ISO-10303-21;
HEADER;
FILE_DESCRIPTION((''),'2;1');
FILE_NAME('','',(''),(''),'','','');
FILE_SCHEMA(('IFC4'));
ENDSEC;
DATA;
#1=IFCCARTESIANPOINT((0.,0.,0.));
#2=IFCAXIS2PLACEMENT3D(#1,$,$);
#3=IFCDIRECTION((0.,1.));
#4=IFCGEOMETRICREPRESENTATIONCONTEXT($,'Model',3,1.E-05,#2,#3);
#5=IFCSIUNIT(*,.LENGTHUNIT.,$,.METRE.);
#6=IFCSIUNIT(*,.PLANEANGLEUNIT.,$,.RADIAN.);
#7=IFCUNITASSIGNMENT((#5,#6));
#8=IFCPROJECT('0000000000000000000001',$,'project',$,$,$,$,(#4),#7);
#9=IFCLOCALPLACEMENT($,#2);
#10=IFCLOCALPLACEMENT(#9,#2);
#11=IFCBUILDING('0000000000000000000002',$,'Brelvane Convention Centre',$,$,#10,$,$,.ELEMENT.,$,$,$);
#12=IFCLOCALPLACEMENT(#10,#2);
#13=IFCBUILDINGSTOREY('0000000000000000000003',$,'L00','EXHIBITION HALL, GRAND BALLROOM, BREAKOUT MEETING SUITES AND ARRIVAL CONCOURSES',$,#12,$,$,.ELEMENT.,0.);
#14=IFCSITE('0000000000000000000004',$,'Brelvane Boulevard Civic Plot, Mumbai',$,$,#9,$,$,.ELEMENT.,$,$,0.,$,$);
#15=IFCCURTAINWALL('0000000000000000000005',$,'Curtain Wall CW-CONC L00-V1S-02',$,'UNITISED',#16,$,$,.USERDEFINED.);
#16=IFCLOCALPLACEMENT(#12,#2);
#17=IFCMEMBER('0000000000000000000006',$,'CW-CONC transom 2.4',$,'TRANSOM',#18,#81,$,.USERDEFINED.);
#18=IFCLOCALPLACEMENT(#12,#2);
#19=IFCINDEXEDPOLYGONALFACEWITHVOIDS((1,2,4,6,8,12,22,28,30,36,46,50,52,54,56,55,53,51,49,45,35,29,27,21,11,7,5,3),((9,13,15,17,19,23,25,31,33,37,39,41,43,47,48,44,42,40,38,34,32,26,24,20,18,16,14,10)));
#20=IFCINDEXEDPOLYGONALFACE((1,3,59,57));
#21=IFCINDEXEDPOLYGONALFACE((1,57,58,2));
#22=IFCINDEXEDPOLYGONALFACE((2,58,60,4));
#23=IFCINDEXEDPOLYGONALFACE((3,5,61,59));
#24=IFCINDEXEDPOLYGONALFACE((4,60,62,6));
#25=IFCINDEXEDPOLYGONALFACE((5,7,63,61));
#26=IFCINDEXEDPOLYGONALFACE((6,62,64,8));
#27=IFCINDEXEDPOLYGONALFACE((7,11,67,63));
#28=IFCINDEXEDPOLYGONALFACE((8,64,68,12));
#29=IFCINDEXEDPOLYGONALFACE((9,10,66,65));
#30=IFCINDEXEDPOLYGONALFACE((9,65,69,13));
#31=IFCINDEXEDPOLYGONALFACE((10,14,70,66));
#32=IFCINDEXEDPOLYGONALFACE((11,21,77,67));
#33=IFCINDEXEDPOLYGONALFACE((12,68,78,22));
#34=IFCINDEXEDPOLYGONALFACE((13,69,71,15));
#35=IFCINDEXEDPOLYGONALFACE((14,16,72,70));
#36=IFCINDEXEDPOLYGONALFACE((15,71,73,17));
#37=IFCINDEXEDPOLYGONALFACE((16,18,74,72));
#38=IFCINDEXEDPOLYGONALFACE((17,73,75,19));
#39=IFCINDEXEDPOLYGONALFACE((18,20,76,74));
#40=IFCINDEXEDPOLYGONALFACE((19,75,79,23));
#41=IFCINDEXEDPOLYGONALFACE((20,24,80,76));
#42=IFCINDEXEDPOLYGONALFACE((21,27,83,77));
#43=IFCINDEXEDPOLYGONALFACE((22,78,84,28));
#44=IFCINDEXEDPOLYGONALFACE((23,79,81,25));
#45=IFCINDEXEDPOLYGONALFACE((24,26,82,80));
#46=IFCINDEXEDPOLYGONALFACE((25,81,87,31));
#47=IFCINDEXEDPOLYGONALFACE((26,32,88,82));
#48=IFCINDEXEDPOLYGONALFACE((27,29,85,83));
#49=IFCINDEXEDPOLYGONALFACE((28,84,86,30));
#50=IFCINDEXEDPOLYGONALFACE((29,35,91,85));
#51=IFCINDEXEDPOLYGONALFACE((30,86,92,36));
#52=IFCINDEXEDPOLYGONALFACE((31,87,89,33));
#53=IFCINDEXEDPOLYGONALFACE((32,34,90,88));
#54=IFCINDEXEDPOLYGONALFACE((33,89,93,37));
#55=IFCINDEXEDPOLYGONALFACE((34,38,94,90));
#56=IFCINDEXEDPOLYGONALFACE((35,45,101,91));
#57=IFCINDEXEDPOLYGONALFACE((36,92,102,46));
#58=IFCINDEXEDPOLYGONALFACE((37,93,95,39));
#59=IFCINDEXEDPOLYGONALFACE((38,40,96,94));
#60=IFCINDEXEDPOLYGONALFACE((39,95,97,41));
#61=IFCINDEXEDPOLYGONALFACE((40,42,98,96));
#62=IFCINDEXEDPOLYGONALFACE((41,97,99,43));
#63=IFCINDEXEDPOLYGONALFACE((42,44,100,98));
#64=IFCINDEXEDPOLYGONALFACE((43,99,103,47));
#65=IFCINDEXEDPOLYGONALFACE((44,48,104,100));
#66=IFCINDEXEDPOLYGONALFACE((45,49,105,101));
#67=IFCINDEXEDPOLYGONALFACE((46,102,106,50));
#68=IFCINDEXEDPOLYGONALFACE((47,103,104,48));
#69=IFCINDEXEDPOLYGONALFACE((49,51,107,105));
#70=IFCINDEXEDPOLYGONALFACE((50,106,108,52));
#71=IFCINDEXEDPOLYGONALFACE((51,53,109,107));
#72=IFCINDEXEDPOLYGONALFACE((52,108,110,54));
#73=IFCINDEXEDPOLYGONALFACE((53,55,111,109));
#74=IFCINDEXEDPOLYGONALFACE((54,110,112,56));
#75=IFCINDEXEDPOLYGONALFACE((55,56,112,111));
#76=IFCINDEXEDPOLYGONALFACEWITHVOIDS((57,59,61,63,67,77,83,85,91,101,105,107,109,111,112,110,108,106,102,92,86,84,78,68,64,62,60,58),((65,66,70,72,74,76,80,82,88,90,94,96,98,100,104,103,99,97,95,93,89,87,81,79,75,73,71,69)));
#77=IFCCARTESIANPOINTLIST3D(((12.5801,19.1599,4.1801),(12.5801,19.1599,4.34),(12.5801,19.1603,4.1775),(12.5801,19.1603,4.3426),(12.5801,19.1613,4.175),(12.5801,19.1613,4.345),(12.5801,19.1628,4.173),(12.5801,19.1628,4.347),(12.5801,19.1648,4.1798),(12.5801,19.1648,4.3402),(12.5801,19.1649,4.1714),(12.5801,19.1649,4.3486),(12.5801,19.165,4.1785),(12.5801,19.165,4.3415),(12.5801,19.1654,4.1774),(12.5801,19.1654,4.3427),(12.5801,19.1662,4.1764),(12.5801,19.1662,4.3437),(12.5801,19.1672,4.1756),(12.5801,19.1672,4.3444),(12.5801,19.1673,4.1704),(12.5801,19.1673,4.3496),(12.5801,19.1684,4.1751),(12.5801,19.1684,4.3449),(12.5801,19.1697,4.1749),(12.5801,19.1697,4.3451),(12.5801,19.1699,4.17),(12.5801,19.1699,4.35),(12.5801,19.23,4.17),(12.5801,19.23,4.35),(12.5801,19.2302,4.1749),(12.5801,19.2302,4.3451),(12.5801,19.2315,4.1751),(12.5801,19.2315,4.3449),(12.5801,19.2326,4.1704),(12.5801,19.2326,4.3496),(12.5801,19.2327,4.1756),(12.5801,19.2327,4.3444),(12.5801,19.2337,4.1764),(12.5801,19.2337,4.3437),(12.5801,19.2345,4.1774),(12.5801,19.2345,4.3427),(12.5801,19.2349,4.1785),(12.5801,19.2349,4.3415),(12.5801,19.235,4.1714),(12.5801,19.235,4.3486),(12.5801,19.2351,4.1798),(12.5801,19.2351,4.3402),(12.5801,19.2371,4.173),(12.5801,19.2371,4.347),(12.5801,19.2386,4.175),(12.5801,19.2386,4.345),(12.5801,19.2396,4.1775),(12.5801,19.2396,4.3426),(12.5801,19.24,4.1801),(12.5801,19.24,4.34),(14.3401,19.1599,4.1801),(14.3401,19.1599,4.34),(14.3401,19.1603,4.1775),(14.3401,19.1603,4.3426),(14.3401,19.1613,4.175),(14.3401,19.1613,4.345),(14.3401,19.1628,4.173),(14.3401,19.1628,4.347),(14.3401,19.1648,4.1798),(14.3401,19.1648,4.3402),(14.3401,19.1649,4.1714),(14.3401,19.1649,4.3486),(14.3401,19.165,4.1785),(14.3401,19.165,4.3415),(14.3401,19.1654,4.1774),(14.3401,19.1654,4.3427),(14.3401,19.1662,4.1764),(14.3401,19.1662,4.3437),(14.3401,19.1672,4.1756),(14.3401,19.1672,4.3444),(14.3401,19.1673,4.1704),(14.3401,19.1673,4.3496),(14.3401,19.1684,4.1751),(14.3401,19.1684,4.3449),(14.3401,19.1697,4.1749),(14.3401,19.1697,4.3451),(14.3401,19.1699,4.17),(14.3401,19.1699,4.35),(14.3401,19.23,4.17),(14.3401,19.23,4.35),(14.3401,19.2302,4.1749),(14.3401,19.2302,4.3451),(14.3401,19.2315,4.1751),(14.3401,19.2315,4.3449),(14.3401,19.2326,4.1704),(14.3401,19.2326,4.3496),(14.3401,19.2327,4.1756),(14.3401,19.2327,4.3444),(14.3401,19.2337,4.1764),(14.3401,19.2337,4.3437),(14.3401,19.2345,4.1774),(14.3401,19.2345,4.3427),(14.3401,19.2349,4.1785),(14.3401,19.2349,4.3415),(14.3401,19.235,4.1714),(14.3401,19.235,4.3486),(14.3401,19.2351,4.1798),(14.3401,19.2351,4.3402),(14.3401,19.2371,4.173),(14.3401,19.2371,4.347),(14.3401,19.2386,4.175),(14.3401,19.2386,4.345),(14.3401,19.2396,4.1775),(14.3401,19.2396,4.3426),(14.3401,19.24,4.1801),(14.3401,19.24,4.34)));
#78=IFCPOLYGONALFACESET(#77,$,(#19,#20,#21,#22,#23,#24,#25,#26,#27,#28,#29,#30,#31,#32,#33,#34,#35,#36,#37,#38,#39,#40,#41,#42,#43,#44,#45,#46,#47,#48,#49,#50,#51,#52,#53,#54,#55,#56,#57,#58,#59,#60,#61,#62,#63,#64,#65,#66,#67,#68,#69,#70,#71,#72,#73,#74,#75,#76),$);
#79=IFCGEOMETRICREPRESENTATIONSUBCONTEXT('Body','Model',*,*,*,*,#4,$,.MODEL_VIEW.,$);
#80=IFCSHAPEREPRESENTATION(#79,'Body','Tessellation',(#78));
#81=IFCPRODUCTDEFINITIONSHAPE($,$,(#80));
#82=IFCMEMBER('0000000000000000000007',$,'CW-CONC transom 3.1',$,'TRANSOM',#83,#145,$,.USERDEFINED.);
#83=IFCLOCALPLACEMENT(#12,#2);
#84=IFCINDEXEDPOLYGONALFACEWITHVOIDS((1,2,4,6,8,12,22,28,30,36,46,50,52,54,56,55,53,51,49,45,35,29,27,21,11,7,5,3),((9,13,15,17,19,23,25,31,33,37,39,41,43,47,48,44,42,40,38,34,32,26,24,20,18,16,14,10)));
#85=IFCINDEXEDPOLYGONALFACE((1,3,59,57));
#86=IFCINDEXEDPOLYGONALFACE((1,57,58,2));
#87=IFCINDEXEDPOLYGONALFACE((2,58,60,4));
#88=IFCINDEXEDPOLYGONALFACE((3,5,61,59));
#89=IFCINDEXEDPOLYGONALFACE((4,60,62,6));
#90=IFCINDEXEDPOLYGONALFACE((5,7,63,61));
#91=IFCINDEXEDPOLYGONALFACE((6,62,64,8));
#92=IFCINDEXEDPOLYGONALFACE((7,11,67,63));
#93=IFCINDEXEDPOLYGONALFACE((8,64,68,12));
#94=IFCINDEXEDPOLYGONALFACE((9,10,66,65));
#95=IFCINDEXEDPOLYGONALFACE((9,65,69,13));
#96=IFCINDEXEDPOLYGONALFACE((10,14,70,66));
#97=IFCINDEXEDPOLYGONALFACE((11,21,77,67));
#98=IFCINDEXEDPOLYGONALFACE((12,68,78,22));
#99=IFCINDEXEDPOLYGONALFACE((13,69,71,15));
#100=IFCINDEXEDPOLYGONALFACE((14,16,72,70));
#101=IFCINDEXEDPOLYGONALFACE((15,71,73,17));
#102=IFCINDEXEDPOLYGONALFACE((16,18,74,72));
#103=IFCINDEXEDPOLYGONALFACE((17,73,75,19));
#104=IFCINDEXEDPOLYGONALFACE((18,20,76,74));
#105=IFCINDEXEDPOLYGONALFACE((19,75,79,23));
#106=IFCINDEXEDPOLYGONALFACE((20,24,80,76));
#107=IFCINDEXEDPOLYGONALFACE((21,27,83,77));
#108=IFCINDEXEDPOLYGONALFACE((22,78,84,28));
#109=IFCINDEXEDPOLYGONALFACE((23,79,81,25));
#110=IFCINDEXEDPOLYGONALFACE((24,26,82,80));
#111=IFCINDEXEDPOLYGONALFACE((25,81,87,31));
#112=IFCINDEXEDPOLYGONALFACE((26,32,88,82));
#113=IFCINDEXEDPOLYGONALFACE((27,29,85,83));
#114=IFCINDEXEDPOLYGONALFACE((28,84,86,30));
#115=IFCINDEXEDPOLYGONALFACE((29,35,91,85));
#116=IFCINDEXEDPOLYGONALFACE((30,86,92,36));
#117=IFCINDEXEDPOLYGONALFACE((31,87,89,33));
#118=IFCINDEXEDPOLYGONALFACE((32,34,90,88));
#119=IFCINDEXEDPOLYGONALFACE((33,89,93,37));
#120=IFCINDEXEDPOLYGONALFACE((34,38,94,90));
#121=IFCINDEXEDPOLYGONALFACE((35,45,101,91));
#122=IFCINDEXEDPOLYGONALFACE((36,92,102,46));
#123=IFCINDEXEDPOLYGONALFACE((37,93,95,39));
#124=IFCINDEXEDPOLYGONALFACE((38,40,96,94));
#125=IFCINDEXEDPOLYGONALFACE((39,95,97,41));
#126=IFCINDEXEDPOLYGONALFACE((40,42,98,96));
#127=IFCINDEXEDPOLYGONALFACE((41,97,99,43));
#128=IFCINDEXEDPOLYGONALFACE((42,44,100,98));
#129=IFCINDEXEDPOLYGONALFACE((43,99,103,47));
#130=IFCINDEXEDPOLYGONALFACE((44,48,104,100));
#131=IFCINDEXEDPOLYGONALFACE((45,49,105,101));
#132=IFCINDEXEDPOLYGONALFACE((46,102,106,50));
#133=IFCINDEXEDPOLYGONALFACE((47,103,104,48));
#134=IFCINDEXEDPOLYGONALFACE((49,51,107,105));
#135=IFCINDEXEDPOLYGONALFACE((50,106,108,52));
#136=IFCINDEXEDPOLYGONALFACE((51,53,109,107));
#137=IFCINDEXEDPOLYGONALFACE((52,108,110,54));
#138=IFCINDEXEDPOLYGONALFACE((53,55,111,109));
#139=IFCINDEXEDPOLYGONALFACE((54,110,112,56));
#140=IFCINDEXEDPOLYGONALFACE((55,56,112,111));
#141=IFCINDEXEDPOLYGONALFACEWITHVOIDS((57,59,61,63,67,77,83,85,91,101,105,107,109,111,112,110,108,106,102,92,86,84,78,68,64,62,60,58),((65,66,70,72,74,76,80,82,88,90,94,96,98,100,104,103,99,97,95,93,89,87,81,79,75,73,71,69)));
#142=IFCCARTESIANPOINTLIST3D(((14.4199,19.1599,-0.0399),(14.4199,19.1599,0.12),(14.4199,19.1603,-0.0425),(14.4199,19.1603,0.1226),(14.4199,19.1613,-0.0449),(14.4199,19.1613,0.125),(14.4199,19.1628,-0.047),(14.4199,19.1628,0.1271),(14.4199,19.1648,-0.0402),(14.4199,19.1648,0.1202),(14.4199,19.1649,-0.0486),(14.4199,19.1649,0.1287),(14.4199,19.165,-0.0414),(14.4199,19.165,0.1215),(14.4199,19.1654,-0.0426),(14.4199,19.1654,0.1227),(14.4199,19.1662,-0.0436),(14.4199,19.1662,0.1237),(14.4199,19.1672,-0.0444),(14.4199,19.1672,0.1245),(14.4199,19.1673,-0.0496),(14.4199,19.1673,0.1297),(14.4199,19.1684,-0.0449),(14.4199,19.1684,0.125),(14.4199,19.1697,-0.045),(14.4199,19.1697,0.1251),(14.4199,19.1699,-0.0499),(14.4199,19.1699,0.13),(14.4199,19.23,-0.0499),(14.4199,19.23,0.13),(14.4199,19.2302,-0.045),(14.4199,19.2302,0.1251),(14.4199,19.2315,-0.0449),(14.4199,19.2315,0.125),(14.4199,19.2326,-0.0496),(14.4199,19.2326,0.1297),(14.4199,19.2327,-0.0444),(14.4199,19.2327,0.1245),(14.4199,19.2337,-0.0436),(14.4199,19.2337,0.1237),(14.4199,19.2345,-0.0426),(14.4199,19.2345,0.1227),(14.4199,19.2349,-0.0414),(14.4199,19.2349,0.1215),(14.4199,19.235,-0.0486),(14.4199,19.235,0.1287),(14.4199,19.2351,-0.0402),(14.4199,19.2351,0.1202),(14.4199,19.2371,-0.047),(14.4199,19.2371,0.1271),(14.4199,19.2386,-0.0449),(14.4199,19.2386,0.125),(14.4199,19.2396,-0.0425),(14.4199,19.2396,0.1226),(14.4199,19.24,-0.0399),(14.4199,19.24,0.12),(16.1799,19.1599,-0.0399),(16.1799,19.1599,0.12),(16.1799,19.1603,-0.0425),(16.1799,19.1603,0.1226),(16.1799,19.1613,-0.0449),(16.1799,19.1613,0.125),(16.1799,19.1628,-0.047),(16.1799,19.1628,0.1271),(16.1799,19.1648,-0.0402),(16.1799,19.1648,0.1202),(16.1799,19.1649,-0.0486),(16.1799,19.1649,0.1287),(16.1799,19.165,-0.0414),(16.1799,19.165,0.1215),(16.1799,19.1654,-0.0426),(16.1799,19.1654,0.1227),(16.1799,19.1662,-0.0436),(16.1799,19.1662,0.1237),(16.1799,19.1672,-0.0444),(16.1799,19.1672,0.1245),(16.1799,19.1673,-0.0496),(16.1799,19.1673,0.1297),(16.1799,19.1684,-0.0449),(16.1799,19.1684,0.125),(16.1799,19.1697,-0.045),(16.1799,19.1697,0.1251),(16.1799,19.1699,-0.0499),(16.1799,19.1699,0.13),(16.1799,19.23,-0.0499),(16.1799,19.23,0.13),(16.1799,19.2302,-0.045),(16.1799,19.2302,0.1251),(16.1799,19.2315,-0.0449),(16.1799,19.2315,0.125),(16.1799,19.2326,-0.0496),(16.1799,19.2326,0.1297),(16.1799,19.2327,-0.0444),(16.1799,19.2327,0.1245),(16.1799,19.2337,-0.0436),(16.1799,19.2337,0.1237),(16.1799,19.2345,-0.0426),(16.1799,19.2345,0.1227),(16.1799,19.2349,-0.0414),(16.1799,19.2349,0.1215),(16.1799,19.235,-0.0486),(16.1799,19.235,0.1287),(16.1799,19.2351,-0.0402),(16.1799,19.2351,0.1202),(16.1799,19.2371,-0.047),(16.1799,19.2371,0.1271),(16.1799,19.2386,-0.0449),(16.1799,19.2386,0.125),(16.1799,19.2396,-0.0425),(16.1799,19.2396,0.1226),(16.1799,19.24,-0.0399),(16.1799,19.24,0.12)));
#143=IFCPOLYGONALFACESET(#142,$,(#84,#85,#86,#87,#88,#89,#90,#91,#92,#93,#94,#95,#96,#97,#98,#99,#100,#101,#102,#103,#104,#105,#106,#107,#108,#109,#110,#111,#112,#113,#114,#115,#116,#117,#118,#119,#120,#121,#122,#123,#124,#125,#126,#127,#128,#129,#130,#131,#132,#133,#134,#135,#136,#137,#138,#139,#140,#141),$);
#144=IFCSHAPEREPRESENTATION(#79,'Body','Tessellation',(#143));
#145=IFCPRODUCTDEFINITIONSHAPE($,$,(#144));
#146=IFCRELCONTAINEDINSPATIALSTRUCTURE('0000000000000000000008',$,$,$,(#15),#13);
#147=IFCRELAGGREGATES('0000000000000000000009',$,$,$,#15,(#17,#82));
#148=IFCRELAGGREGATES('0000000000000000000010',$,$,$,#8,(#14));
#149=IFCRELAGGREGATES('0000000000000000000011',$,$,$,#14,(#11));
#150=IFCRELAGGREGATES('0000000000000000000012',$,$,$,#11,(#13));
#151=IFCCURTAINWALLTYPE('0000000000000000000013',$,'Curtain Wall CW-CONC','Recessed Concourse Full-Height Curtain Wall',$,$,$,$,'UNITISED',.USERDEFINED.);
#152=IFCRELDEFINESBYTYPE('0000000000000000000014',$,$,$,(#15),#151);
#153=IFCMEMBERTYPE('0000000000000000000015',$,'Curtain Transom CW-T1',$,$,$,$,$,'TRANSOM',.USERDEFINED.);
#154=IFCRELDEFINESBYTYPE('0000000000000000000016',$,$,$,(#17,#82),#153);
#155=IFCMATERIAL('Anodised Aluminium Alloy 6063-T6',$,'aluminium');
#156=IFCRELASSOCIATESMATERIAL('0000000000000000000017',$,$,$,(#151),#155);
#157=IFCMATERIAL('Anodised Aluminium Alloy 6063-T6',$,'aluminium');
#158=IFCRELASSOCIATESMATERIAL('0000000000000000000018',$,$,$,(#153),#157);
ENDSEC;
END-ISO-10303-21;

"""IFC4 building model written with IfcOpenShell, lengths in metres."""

from ifc_helpers import new_model, si_unit, direction, frame, origin, origin_2d, place, context, subcontext, project, spatial, hollow_rectangle, extrude, material, material_profile, profile_set, type_object, element, aggregate, save


model = new_model("IFC4")

# Units and contexts
model_context = context("Model", 3, precision=1e-05, world=origin(), true_north=direction((0.0, 1.0)))
body_context = subcontext(model_context, "Body", "Model", "MODEL_VIEW")
ifc_project = project(units=[si_unit("LENGTHUNIT", "METRE"), si_unit("PLANEANGLEUNIT", "RADIAN")], contexts=[model_context])

# Site, building, storey
site_placement = place(None, origin())
site = spatial("IfcSite", under=ifc_project, at=site_placement, Name="Brelvane Boulevard Civic Plot, Mumbai", CompositionType="ELEMENT", RefElevation=0.0)
building_placement = place(site_placement, origin())
building = spatial("IfcBuilding", under=site, at=building_placement, Name="Brelvane Convention Centre", CompositionType="ELEMENT")
storey_placement = place(building_placement, origin())
storey = spatial("IfcBuildingStorey", under=building, at=storey_placement, Name="L00", Description="EXHIBITION HALL, GRAND BALLROOM, BREAKOUT MEETING SUITES AND ARRIVAL CONCOURSES", CompositionType="ELEMENT", Elevation=0.0)

# Curtain wall, members
ifc_material_1 = material(Name="Anodised Aluminium Alloy 6063-T6", Category="aluminium")
curtain_wall_type = type_object("IfcCurtainWallType", Name="Curtain Wall CW-CONC", Description="Recessed Concourse Full-Height Curtain Wall", ElementType="UNITISED", PredefinedType="USERDEFINED", material=ifc_material_1)
curtain_wall_placement = place(storey_placement, origin())
curtain_wall = element("IfcCurtainWall", 1, at=curtain_wall_placement, inside=storey, type_object=curtain_wall_type, Name="Curtain Wall CW-CONC L00-V1S-02", ObjectType="UNITISED", PredefinedType="USERDEFINED")
ifc_material_2 = material(Name="Anodised Aluminium Alloy 6063-T6", Category="aluminium")
ifc_material_profile_1 = material_profile(ifc_material_2, hollow_rectangle(XDim=0.0801, YDim=0.1799, WallThickness=0.0049, InnerFilletRadius=0.0049, OuterFilletRadius=0.01, at=origin_2d()), Name="ALU-T 180x80x5.0")
ifc_profile_set_1 = profile_set([ifc_material_profile_1], Name="Anodised Aluminium Alloy 6063-T6")
member_type_1 = type_object("IfcMemberType", Name="Curtain Transom CW-T1", ElementType="TRANSOM", PredefinedType="USERDEFINED", material=ifc_profile_set_1)
member_1_placement = place(storey_placement, frame((12.5801, 19.2, 4.26), z_axis=(1.0, 0.0, 0.0), x_axis=(0.0, 1.0, 0.0)))
member_1 = element("IfcMember", 2, at=member_1_placement, type_object=member_type_1, Name="CW-CONC transom 2.4", ObjectType="TRANSOM", PredefinedType="USERDEFINED", context=body_context, shape_type="SweptSolid", body=[
    extrude(hollow_rectangle(XDim=0.0801, YDim=0.1799, WallThickness=0.0049, InnerFilletRadius=0.0049, OuterFilletRadius=0.01, at=origin_2d()), origin(), (0.0, 0.0, 1.0), 1.76),
])
member_2_placement = place(storey_placement, frame((14.4199, 19.2, 0.04), z_axis=(1.0, 0.0, 0.0), x_axis=(0.0, 1.0, 0.0)))
member_2 = element("IfcMember", 3, at=member_2_placement, type_object=member_type_1, Name="CW-CONC transom 3.1", ObjectType="TRANSOM", PredefinedType="USERDEFINED", context=body_context, shape_type="SweptSolid", body=[
    extrude(hollow_rectangle(XDim=0.0801, YDim=0.1799, WallThickness=0.0049, InnerFilletRadius=0.0049, OuterFilletRadius=0.01, at=origin_2d()), origin(), (0.0, 0.0, 1.0), 1.76),
])

aggregate(curtain_wall, [member_1, member_2])

save(model, "model.ifc")
